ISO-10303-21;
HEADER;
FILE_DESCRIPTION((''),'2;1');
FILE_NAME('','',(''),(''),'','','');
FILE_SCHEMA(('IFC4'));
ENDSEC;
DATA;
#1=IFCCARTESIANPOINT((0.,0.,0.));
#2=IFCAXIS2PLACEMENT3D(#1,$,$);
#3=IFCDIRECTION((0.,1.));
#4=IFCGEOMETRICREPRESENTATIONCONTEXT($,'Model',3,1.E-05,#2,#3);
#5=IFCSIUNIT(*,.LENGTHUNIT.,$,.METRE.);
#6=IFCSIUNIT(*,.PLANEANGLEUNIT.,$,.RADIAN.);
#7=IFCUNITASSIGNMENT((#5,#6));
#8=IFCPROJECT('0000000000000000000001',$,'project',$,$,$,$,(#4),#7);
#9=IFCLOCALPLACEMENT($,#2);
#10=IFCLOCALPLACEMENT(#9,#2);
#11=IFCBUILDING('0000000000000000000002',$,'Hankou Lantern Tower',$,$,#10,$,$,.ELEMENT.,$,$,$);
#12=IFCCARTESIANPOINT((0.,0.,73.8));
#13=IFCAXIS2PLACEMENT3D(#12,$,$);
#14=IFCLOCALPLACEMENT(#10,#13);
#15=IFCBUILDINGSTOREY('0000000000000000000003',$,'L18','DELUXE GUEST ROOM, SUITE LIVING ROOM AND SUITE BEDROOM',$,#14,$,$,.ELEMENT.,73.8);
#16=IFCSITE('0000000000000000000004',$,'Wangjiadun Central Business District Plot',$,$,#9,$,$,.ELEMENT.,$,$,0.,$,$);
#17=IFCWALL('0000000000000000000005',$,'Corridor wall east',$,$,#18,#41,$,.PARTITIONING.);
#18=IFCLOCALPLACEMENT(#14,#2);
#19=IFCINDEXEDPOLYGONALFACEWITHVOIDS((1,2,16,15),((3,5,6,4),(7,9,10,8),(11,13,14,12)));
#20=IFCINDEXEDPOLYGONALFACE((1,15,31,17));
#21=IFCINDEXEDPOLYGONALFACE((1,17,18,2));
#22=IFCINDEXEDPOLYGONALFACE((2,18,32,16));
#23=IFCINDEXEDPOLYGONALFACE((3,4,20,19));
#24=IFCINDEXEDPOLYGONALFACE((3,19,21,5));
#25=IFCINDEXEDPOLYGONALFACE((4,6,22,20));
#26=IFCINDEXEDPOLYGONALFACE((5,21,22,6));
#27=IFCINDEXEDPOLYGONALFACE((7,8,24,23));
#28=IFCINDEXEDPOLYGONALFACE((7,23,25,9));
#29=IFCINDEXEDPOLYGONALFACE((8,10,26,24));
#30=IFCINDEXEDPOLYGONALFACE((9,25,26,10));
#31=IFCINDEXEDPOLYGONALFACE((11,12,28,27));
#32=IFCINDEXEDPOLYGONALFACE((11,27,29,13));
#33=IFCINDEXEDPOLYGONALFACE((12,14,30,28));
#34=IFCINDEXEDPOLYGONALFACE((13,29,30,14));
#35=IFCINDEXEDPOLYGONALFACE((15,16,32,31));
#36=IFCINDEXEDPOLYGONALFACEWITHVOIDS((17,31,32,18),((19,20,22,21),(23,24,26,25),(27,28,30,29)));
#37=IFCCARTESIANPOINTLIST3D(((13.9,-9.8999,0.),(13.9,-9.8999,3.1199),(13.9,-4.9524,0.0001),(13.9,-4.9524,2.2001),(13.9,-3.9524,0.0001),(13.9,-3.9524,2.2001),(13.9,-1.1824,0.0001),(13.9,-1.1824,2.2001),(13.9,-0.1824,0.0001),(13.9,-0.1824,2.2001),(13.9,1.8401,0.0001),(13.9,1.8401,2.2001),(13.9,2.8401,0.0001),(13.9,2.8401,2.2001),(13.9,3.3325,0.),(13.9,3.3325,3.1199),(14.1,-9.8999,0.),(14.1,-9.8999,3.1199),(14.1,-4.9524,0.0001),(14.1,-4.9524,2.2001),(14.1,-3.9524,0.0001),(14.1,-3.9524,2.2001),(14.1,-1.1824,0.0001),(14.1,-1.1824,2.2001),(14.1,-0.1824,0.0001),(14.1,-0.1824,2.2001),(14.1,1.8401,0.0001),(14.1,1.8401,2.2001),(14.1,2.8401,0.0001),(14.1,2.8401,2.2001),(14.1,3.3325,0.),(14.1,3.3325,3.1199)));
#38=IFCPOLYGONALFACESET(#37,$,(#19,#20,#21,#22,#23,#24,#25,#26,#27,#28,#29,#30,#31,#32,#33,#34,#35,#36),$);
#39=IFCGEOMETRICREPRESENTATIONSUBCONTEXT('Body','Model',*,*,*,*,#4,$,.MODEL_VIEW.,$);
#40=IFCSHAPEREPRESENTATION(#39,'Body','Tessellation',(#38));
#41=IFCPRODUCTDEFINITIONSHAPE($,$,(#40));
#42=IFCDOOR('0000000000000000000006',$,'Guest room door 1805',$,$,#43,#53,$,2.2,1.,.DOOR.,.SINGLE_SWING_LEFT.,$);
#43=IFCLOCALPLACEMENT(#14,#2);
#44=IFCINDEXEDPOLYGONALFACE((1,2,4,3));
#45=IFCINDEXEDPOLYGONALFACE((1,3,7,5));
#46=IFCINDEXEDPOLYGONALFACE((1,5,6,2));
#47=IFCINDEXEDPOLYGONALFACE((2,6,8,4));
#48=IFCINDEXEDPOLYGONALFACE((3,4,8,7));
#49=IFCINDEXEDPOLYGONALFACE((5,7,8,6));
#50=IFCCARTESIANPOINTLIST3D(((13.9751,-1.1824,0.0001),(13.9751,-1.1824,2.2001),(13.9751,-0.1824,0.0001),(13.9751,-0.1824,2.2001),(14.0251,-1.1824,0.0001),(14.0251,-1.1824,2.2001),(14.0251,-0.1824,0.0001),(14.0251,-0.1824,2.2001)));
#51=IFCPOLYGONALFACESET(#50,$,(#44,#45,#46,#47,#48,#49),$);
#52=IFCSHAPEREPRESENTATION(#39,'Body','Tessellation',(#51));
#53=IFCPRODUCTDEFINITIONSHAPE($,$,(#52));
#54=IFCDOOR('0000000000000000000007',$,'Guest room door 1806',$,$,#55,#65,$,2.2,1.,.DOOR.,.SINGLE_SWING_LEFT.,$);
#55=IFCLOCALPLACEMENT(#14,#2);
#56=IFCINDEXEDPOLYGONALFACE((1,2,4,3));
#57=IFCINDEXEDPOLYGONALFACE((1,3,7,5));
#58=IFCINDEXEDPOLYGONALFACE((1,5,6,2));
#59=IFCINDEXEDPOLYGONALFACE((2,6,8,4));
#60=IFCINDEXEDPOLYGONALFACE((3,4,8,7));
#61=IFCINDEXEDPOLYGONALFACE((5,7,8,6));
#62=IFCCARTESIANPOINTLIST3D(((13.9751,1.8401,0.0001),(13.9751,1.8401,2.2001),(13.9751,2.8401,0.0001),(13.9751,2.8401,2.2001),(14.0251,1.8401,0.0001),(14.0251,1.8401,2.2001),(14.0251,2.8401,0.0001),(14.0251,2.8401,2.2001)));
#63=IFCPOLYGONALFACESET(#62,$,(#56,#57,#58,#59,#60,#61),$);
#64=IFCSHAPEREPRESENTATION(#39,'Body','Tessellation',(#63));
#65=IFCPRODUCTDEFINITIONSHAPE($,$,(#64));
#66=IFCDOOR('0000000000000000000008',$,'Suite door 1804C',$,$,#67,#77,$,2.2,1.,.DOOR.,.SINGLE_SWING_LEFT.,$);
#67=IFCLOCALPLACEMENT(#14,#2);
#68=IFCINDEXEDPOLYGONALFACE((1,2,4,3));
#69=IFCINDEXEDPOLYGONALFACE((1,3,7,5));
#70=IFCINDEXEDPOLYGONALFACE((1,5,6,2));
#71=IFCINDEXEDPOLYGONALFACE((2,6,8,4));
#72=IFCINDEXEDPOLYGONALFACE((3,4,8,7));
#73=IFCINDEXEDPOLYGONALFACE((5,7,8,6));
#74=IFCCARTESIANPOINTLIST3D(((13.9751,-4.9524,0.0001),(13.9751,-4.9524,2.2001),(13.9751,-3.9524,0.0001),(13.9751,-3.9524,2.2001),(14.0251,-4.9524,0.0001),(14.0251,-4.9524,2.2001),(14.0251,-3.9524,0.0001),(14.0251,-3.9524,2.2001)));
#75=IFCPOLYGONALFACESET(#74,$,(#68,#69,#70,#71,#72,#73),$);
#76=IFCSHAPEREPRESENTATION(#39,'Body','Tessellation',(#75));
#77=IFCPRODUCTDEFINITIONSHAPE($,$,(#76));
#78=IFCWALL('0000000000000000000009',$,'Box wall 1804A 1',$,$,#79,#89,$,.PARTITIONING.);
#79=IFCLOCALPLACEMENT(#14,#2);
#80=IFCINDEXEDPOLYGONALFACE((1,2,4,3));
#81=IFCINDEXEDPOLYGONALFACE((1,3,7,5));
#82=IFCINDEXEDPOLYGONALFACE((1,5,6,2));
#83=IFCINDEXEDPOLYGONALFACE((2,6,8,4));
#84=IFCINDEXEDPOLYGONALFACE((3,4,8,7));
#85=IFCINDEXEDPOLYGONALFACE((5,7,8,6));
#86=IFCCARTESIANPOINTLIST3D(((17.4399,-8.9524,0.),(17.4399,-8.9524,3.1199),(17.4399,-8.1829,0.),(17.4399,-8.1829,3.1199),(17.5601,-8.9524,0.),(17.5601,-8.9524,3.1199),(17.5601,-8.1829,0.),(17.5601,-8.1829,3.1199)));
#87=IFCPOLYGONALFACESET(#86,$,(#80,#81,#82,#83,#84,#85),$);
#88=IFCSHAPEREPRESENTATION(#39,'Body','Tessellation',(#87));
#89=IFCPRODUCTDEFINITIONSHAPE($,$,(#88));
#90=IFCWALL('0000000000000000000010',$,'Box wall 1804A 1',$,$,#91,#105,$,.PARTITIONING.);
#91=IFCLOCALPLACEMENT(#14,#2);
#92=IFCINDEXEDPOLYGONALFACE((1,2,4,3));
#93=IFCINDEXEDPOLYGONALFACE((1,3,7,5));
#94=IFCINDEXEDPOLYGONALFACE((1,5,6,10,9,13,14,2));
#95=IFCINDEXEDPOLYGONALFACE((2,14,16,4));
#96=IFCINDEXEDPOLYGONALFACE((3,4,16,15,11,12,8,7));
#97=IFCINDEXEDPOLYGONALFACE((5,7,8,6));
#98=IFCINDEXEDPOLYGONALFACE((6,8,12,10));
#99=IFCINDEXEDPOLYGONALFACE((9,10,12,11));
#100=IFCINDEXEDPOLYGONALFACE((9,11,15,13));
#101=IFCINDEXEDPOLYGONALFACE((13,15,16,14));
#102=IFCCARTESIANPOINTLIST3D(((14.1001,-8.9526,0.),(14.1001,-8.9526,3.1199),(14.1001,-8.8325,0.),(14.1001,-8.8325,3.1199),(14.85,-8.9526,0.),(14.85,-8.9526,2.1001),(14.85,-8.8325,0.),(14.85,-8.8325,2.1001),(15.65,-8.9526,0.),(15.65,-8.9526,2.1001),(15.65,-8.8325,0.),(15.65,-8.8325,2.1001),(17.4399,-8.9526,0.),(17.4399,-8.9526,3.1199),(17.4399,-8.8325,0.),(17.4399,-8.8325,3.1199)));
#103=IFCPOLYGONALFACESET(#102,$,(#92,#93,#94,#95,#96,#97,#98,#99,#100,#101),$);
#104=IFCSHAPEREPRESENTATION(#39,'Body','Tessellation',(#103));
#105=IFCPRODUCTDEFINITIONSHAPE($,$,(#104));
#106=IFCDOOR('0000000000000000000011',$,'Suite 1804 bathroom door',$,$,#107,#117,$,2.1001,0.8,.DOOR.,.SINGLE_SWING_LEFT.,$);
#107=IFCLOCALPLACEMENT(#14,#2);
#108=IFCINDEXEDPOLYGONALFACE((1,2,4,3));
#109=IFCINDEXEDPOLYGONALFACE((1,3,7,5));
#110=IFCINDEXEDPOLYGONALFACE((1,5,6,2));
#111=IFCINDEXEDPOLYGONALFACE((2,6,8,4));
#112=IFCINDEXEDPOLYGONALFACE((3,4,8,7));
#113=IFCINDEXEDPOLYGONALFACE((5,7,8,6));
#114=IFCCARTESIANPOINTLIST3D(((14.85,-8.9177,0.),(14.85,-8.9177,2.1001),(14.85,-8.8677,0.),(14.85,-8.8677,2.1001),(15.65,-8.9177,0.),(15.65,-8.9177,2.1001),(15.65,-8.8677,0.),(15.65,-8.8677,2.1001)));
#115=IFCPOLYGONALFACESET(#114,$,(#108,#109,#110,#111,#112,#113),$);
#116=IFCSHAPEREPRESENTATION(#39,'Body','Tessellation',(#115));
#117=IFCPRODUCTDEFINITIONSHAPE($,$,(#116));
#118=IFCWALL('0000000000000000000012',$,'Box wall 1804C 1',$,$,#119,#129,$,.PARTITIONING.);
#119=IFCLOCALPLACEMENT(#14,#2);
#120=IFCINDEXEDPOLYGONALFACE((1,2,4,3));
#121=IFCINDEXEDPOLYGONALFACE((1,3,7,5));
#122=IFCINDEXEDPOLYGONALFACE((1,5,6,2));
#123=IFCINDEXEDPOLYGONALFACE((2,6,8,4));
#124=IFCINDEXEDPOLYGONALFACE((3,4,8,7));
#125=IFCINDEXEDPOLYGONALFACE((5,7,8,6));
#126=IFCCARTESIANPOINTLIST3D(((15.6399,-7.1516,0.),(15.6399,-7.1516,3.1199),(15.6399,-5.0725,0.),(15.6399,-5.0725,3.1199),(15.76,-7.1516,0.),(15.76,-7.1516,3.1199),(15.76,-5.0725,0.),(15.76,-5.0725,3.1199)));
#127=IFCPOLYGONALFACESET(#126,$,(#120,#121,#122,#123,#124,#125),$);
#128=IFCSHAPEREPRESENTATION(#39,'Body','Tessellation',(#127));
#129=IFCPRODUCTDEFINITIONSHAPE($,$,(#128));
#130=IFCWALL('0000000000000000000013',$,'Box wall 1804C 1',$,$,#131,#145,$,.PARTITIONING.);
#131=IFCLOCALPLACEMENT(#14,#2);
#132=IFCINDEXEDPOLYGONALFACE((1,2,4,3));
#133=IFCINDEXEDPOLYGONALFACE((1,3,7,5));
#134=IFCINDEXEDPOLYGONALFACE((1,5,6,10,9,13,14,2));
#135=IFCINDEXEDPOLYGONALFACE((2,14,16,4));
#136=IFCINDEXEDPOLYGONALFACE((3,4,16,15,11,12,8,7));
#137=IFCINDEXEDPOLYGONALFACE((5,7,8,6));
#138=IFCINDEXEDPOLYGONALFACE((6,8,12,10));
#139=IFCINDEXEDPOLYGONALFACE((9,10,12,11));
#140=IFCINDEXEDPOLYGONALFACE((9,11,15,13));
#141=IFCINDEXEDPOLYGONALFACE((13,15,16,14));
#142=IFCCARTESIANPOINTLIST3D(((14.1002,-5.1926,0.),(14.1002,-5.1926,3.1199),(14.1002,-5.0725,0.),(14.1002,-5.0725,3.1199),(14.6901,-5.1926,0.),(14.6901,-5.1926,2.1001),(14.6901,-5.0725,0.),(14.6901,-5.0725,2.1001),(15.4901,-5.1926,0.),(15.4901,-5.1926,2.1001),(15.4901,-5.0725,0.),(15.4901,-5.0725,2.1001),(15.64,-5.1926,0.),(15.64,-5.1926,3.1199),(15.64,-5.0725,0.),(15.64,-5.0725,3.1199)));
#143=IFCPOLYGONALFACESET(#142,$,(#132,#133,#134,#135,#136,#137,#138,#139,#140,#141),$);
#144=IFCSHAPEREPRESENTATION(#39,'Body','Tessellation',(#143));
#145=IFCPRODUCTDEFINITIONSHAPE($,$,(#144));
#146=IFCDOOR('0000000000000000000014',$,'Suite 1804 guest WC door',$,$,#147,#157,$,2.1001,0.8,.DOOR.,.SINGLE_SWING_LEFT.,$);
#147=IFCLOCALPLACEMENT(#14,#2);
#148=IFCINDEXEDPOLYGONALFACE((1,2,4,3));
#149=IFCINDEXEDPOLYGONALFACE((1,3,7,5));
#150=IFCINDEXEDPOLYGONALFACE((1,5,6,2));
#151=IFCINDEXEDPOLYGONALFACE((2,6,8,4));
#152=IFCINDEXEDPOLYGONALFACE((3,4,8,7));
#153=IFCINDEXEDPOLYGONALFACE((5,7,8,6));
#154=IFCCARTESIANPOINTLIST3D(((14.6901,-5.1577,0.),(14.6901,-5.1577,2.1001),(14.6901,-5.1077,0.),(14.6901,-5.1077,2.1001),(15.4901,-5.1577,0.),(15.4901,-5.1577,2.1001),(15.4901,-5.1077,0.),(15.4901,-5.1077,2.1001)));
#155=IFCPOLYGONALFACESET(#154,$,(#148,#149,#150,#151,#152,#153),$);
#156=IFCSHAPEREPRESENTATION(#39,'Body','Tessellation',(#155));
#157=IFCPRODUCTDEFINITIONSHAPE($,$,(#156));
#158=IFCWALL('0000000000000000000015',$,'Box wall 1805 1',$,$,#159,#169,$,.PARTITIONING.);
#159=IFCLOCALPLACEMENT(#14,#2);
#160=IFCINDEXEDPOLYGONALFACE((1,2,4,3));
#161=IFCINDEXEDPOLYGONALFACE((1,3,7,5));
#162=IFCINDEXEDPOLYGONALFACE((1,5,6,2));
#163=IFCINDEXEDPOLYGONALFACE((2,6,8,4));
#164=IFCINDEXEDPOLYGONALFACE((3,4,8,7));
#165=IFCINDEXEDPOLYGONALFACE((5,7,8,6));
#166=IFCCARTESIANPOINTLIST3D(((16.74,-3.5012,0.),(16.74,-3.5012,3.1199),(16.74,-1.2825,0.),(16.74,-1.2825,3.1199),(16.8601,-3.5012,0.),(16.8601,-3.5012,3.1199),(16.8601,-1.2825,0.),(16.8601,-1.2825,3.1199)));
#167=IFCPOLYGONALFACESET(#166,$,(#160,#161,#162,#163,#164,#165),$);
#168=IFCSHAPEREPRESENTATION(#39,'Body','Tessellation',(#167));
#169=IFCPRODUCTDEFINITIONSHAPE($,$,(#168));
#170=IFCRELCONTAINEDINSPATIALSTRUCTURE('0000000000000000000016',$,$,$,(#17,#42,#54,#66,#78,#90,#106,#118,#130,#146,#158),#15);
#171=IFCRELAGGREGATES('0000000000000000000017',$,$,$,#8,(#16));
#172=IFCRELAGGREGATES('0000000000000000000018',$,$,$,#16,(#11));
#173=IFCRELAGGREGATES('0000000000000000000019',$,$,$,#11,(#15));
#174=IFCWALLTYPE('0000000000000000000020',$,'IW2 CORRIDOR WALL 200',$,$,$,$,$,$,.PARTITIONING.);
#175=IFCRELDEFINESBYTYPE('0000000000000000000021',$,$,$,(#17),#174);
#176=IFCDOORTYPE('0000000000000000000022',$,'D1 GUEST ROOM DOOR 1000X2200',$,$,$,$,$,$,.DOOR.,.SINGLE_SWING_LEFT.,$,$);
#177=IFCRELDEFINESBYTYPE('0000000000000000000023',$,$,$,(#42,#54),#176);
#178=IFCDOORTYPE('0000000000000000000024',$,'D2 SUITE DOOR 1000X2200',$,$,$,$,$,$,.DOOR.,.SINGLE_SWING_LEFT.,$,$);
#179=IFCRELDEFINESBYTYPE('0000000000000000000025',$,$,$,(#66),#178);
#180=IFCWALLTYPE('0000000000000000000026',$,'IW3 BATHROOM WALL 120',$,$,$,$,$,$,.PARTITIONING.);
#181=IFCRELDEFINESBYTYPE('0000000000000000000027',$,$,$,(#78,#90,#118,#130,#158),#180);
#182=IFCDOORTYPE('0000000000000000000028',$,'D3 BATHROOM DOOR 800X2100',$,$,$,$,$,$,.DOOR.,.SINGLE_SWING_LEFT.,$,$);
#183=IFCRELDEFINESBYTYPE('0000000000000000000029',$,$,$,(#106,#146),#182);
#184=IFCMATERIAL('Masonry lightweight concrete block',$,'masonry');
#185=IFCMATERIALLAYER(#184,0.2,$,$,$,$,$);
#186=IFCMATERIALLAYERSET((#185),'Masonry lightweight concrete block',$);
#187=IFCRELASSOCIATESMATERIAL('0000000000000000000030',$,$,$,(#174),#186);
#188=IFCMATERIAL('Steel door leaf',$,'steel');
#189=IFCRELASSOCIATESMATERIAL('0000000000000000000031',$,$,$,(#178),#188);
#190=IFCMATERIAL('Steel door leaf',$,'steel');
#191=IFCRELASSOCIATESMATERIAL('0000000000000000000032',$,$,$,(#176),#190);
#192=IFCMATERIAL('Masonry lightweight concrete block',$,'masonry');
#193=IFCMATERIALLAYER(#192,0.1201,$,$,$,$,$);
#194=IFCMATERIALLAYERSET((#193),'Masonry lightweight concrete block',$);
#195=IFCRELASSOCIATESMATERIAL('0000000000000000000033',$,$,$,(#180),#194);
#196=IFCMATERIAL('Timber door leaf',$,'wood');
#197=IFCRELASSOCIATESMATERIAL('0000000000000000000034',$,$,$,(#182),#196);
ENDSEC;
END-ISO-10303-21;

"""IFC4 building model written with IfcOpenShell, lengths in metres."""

from ifc_helpers import new_model, si_unit, direction, frame, frame_2d, origin, place, context, subcontext, project, spatial, rectangle, extrude, material, layer, layer_set, type_object, element, fill, save


model = new_model("IFC4")

# Units and contexts
model_context = context("Model", 3, precision=1e-05, world=origin(), true_north=direction((0.0, 1.0)))
body_context = subcontext(model_context, "Body", "Model", "MODEL_VIEW")
ifc_project = project(units=[si_unit("LENGTHUNIT", "METRE"), si_unit("PLANEANGLEUNIT", "RADIAN")], contexts=[model_context])

# Site, building, storey
site_placement = place(None, origin())
site = spatial("IfcSite", under=ifc_project, at=site_placement, Name="Wangjiadun Central Business District Plot", CompositionType="ELEMENT", RefElevation=0.0)
building_placement = place(site_placement, origin())
building = spatial("IfcBuilding", under=site, at=building_placement, Name="Hankou Lantern Tower", CompositionType="ELEMENT")
storey_placement = place(building_placement, frame((0.0, 0.0, 73.8)))
storey = spatial("IfcBuildingStorey", under=building, at=storey_placement, Name="L18", Description="DELUXE GUEST ROOM, SUITE LIVING ROOM AND SUITE BEDROOM", CompositionType="ELEMENT", Elevation=73.8)

# Wall, openings, doors
ifc_material_1 = material(Name="Masonry lightweight concrete block", Category="masonry")
ifc_layer_1 = layer(ifc_material_1, 0.2)
ifc_layer_set_1 = layer_set([ifc_layer_1], Name="Masonry lightweight concrete block")
wall_type_1 = type_object("IfcWallType", Name="IW2 CORRIDOR WALL 200", PredefinedType="PARTITIONING", material=ifc_layer_set_1)
ifc_material_2 = material(Name="Steel door leaf", Category="steel")
door_type_1 = type_object("IfcDoorType", Name="D2 SUITE DOOR 1000X2200", OperationType="SINGLE_SWING_LEFT", PredefinedType="DOOR", material=ifc_material_2)
wall_1_placement = place(storey_placement, frame((14.0, -9.8999, 0.0), z_axis=(0.0, 0.0, 1.0), x_axis=(0.0, 1.0, 0.0)))
wall_1 = element("IfcWall", 1, at=wall_1_placement, inside=storey, type_object=wall_type_1, Name="Corridor wall east", PredefinedType="PARTITIONING", context=body_context, shape_type="SweptSolid", body=[
    extrude(rectangle(XDim=13.2324, YDim=0.2, at=frame_2d((6.6162, 0.0))), origin(), (0.0, 0.0, 1.0), 3.1199),
])
opening_1_placement = place(wall_1_placement, frame((4.9475, 0.0, 0.0)))
opening_1 = element("IfcOpeningElement", 2, at=opening_1_placement, cuts=wall_1, PredefinedType="OPENING", context=body_context, shape_type="SweptSolid", body=[
    extrude(rectangle(XDim=1.0, YDim=2.2, at=frame_2d((0.5, 1.1001))), frame((0.0, 0.1099, 0.0), z_axis=(0.0, -1.0, 0.0), x_axis=(1.0, 0.0, 0.0)), (0.0, 0.0, 1.0), 0.22),
])
opening_2_placement = place(wall_1_placement, frame((8.7175, 0.0, 0.0)))
opening_2 = element("IfcOpeningElement", 3, at=opening_2_placement, cuts=wall_1, PredefinedType="OPENING", context=body_context, shape_type="SweptSolid", body=[
    extrude(rectangle(XDim=1.0, YDim=2.2, at=frame_2d((0.5, 1.1001))), frame((0.0, 0.1099, 0.0), z_axis=(0.0, -1.0, 0.0), x_axis=(1.0, 0.0, 0.0)), (0.0, 0.0, 1.0), 0.22),
])
opening_3_placement = place(wall_1_placement, frame((11.74, 0.0, 0.0)))
opening_3 = element("IfcOpeningElement", 4, at=opening_3_placement, cuts=wall_1, PredefinedType="OPENING", context=body_context, shape_type="SweptSolid", body=[
    extrude(rectangle(XDim=1.0, YDim=2.2, at=frame_2d((0.5, 1.1001))), frame((0.0, 0.1099, 0.0), z_axis=(0.0, -1.0, 0.0), x_axis=(1.0, 0.0, 0.0)), (0.0, 0.0, 1.0), 0.22),
])
ifc_material_3 = material(Name="Steel door leaf", Category="steel")
door_type_2 = type_object("IfcDoorType", Name="D1 GUEST ROOM DOOR 1000X2200", OperationType="SINGLE_SWING_LEFT", PredefinedType="DOOR", material=ifc_material_3)
door_1_placement = place(opening_2_placement, origin())
door_1 = element("IfcDoor", 5, at=door_1_placement, inside=storey, type_object=door_type_2, Name="Guest room door 1805", OperationType="SINGLE_SWING_LEFT", OverallHeight=2.2, OverallWidth=1.0, PredefinedType="DOOR", context=body_context, shape_type="SweptSolid", body=[
    extrude(rectangle(XDim=1.0, YDim=2.2, at=frame_2d((0.5, 1.1001))), frame((0.0, 0.0249, 0.0), z_axis=(0.0, -1.0, 0.0), x_axis=(1.0, 0.0, 0.0)), (0.0, 0.0, 1.0), 0.05),
])
fill(opening_2, door_1)
door_2_placement = place(opening_3_placement, origin())
door_2 = element("IfcDoor", 6, at=door_2_placement, inside=storey, type_object=door_type_2, Name="Guest room door 1806", OperationType="SINGLE_SWING_LEFT", OverallHeight=2.2, OverallWidth=1.0, PredefinedType="DOOR", context=body_context, shape_type="SweptSolid", body=[
    extrude(rectangle(XDim=1.0, YDim=2.2, at=frame_2d((0.5, 1.1001))), frame((0.0, 0.0249, 0.0), z_axis=(0.0, -1.0, 0.0), x_axis=(1.0, 0.0, 0.0)), (0.0, 0.0, 1.0), 0.05),
])
fill(opening_3, door_2)
door_3_placement = place(opening_1_placement, origin())
door_3 = element("IfcDoor", 7, at=door_3_placement, inside=storey, type_object=door_type_1, Name="Suite door 1804C", OperationType="SINGLE_SWING_LEFT", OverallHeight=2.2, OverallWidth=1.0, PredefinedType="DOOR", context=body_context, shape_type="SweptSolid", body=[
    extrude(rectangle(XDim=1.0, YDim=2.2, at=frame_2d((0.5, 1.1001))), frame((0.0, 0.0249, 0.0), z_axis=(0.0, -1.0, 0.0), x_axis=(1.0, 0.0, 0.0)), (0.0, 0.0, 1.0), 0.05),
])
fill(opening_1, door_3)

# Wall
ifc_material_4 = material(Name="Masonry lightweight concrete block", Category="masonry")
ifc_layer_2 = layer(ifc_material_4, 0.1201)
ifc_layer_set_2 = layer_set([ifc_layer_2], Name="Masonry lightweight concrete block")
wall_type_2 = type_object("IfcWallType", Name="IW3 BATHROOM WALL 120", PredefinedType="PARTITIONING", material=ifc_layer_set_2)
wall_2_placement = place(storey_placement, frame((17.5, -8.1829, 0.0), z_axis=(0.0, 0.0, 1.0), x_axis=(0.0, -1.0, 0.0)))
element("IfcWall", 8, at=wall_2_placement, inside=storey, type_object=wall_type_2, Name="Box wall 1804A 1", PredefinedType="PARTITIONING", context=body_context, shape_type="SweptSolid", body=[
    extrude(rectangle(XDim=0.7695, YDim=0.1201, at=frame_2d((0.3848, 0.0))), origin(), (0.0, 0.0, 1.0), 3.1199),
])

# Wall, opening, door
wall_3_placement = place(storey_placement, frame((14.1001, -8.8926, 0.0), z_axis=(0.0, 0.0, 1.0), x_axis=(1.0, 0.0, 0.0)))
wall_3 = element("IfcWall", 9, at=wall_3_placement, inside=storey, type_object=wall_type_2, Name="Box wall 1804A 1", PredefinedType="PARTITIONING", context=body_context, shape_type="SweptSolid", body=[
    extrude(rectangle(XDim=3.3398, YDim=0.1201, at=frame_2d((1.6699, 0.0))), origin(), (0.0, 0.0, 1.0), 3.1199),
])
opening_4_placement = place(wall_3_placement, frame((0.75, 0.0, 0.0)))
opening_4 = element("IfcOpeningElement", 10, at=opening_4_placement, cuts=wall_3, PredefinedType="OPENING", context=body_context, shape_type="SweptSolid", body=[
    extrude(rectangle(XDim=0.8, YDim=2.1001, at=frame_2d((0.3999, 1.05))), frame((0.0, 0.0701, 0.0), z_axis=(0.0, -1.0, 0.0), x_axis=(1.0, 0.0, 0.0)), (0.0, 0.0, 1.0), 0.1401),
])
ifc_material_5 = material(Name="Timber door leaf", Category="wood")
door_type_3 = type_object("IfcDoorType", Name="D3 BATHROOM DOOR 800X2100", OperationType="SINGLE_SWING_LEFT", PredefinedType="DOOR", material=ifc_material_5)
door_4_placement = place(opening_4_placement, origin())
door_4 = element("IfcDoor", 11, at=door_4_placement, inside=storey, type_object=door_type_3, Name="Suite 1804 bathroom door", OperationType="SINGLE_SWING_LEFT", OverallHeight=2.1001, OverallWidth=0.8, PredefinedType="DOOR", context=body_context, shape_type="SweptSolid", body=[
    extrude(rectangle(XDim=0.8, YDim=2.1001, at=frame_2d((0.3999, 1.05))), frame((0.0, 0.0249, 0.0), z_axis=(0.0, -1.0, 0.0), x_axis=(1.0, 0.0, 0.0)), (0.0, 0.0, 1.0), 0.05),
])
fill(opening_4, door_4)

# Wall
wall_4_placement = place(storey_placement, frame((15.7, -7.1516, 0.0), z_axis=(0.0, 0.0, 1.0), x_axis=(0.0, 1.0, 0.0)))
element("IfcWall", 12, at=wall_4_placement, inside=storey, type_object=wall_type_2, Name="Box wall 1804C 1", PredefinedType="PARTITIONING", context=body_context, shape_type="SweptSolid", body=[
    extrude(rectangle(XDim=2.0791, YDim=0.1201, at=frame_2d((1.0396, 0.0))), origin(), (0.0, 0.0, 1.0), 3.1199),
])

# Wall, opening, door
wall_5_placement = place(storey_placement, frame((14.1001, -5.1326, 0.0), z_axis=(0.0, 0.0, 1.0), x_axis=(1.0, 0.0, 0.0)))
wall_5 = element("IfcWall", 13, at=wall_5_placement, inside=storey, type_object=wall_type_2, Name="Box wall 1804C 1", PredefinedType="PARTITIONING", context=body_context, shape_type="SweptSolid", body=[
    extrude(rectangle(XDim=1.5398, YDim=0.1201, at=frame_2d((0.77, 0.0))), origin(), (0.0, 0.0, 1.0), 3.1199),
])
opening_5_placement = place(wall_5_placement, frame((0.5901, 0.0, 0.0)))
opening_5 = element("IfcOpeningElement", 14, at=opening_5_placement, cuts=wall_5, PredefinedType="OPENING", context=body_context, shape_type="SweptSolid", body=[
    extrude(rectangle(XDim=0.8, YDim=2.1001, at=frame_2d((0.3999, 1.05))), frame((0.0, 0.0701, 0.0), z_axis=(0.0, -1.0, 0.0), x_axis=(1.0, 0.0, 0.0)), (0.0, 0.0, 1.0), 0.1401),
])
door_5_placement = place(opening_5_placement, origin())
door_5 = element("IfcDoor", 15, at=door_5_placement, inside=storey, type_object=door_type_3, Name="Suite 1804 guest WC door", OperationType="SINGLE_SWING_LEFT", OverallHeight=2.1001, OverallWidth=0.8, PredefinedType="DOOR", context=body_context, shape_type="SweptSolid", body=[
    extrude(rectangle(XDim=0.8, YDim=2.1001, at=frame_2d((0.3999, 1.05))), frame((0.0, 0.0249, 0.0), z_axis=(0.0, -1.0, 0.0), x_axis=(1.0, 0.0, 0.0)), (0.0, 0.0, 1.0), 0.05),
])
fill(opening_5, door_5)

# Wall
wall_6_placement = place(storey_placement, frame((16.8, -3.5012, 0.0), z_axis=(0.0, 0.0, 1.0), x_axis=(0.0, 1.0, 0.0)))
element("IfcWall", 16, at=wall_6_placement, inside=storey, type_object=wall_type_2, Name="Box wall 1805 1", PredefinedType="PARTITIONING", context=body_context, shape_type="SweptSolid", body=[
    extrude(rectangle(XDim=2.2188, YDim=0.1201, at=frame_2d((1.1094, 0.0))), origin(), (0.0, 0.0, 1.0), 3.1199),
])

save(model, "model.ifc")
